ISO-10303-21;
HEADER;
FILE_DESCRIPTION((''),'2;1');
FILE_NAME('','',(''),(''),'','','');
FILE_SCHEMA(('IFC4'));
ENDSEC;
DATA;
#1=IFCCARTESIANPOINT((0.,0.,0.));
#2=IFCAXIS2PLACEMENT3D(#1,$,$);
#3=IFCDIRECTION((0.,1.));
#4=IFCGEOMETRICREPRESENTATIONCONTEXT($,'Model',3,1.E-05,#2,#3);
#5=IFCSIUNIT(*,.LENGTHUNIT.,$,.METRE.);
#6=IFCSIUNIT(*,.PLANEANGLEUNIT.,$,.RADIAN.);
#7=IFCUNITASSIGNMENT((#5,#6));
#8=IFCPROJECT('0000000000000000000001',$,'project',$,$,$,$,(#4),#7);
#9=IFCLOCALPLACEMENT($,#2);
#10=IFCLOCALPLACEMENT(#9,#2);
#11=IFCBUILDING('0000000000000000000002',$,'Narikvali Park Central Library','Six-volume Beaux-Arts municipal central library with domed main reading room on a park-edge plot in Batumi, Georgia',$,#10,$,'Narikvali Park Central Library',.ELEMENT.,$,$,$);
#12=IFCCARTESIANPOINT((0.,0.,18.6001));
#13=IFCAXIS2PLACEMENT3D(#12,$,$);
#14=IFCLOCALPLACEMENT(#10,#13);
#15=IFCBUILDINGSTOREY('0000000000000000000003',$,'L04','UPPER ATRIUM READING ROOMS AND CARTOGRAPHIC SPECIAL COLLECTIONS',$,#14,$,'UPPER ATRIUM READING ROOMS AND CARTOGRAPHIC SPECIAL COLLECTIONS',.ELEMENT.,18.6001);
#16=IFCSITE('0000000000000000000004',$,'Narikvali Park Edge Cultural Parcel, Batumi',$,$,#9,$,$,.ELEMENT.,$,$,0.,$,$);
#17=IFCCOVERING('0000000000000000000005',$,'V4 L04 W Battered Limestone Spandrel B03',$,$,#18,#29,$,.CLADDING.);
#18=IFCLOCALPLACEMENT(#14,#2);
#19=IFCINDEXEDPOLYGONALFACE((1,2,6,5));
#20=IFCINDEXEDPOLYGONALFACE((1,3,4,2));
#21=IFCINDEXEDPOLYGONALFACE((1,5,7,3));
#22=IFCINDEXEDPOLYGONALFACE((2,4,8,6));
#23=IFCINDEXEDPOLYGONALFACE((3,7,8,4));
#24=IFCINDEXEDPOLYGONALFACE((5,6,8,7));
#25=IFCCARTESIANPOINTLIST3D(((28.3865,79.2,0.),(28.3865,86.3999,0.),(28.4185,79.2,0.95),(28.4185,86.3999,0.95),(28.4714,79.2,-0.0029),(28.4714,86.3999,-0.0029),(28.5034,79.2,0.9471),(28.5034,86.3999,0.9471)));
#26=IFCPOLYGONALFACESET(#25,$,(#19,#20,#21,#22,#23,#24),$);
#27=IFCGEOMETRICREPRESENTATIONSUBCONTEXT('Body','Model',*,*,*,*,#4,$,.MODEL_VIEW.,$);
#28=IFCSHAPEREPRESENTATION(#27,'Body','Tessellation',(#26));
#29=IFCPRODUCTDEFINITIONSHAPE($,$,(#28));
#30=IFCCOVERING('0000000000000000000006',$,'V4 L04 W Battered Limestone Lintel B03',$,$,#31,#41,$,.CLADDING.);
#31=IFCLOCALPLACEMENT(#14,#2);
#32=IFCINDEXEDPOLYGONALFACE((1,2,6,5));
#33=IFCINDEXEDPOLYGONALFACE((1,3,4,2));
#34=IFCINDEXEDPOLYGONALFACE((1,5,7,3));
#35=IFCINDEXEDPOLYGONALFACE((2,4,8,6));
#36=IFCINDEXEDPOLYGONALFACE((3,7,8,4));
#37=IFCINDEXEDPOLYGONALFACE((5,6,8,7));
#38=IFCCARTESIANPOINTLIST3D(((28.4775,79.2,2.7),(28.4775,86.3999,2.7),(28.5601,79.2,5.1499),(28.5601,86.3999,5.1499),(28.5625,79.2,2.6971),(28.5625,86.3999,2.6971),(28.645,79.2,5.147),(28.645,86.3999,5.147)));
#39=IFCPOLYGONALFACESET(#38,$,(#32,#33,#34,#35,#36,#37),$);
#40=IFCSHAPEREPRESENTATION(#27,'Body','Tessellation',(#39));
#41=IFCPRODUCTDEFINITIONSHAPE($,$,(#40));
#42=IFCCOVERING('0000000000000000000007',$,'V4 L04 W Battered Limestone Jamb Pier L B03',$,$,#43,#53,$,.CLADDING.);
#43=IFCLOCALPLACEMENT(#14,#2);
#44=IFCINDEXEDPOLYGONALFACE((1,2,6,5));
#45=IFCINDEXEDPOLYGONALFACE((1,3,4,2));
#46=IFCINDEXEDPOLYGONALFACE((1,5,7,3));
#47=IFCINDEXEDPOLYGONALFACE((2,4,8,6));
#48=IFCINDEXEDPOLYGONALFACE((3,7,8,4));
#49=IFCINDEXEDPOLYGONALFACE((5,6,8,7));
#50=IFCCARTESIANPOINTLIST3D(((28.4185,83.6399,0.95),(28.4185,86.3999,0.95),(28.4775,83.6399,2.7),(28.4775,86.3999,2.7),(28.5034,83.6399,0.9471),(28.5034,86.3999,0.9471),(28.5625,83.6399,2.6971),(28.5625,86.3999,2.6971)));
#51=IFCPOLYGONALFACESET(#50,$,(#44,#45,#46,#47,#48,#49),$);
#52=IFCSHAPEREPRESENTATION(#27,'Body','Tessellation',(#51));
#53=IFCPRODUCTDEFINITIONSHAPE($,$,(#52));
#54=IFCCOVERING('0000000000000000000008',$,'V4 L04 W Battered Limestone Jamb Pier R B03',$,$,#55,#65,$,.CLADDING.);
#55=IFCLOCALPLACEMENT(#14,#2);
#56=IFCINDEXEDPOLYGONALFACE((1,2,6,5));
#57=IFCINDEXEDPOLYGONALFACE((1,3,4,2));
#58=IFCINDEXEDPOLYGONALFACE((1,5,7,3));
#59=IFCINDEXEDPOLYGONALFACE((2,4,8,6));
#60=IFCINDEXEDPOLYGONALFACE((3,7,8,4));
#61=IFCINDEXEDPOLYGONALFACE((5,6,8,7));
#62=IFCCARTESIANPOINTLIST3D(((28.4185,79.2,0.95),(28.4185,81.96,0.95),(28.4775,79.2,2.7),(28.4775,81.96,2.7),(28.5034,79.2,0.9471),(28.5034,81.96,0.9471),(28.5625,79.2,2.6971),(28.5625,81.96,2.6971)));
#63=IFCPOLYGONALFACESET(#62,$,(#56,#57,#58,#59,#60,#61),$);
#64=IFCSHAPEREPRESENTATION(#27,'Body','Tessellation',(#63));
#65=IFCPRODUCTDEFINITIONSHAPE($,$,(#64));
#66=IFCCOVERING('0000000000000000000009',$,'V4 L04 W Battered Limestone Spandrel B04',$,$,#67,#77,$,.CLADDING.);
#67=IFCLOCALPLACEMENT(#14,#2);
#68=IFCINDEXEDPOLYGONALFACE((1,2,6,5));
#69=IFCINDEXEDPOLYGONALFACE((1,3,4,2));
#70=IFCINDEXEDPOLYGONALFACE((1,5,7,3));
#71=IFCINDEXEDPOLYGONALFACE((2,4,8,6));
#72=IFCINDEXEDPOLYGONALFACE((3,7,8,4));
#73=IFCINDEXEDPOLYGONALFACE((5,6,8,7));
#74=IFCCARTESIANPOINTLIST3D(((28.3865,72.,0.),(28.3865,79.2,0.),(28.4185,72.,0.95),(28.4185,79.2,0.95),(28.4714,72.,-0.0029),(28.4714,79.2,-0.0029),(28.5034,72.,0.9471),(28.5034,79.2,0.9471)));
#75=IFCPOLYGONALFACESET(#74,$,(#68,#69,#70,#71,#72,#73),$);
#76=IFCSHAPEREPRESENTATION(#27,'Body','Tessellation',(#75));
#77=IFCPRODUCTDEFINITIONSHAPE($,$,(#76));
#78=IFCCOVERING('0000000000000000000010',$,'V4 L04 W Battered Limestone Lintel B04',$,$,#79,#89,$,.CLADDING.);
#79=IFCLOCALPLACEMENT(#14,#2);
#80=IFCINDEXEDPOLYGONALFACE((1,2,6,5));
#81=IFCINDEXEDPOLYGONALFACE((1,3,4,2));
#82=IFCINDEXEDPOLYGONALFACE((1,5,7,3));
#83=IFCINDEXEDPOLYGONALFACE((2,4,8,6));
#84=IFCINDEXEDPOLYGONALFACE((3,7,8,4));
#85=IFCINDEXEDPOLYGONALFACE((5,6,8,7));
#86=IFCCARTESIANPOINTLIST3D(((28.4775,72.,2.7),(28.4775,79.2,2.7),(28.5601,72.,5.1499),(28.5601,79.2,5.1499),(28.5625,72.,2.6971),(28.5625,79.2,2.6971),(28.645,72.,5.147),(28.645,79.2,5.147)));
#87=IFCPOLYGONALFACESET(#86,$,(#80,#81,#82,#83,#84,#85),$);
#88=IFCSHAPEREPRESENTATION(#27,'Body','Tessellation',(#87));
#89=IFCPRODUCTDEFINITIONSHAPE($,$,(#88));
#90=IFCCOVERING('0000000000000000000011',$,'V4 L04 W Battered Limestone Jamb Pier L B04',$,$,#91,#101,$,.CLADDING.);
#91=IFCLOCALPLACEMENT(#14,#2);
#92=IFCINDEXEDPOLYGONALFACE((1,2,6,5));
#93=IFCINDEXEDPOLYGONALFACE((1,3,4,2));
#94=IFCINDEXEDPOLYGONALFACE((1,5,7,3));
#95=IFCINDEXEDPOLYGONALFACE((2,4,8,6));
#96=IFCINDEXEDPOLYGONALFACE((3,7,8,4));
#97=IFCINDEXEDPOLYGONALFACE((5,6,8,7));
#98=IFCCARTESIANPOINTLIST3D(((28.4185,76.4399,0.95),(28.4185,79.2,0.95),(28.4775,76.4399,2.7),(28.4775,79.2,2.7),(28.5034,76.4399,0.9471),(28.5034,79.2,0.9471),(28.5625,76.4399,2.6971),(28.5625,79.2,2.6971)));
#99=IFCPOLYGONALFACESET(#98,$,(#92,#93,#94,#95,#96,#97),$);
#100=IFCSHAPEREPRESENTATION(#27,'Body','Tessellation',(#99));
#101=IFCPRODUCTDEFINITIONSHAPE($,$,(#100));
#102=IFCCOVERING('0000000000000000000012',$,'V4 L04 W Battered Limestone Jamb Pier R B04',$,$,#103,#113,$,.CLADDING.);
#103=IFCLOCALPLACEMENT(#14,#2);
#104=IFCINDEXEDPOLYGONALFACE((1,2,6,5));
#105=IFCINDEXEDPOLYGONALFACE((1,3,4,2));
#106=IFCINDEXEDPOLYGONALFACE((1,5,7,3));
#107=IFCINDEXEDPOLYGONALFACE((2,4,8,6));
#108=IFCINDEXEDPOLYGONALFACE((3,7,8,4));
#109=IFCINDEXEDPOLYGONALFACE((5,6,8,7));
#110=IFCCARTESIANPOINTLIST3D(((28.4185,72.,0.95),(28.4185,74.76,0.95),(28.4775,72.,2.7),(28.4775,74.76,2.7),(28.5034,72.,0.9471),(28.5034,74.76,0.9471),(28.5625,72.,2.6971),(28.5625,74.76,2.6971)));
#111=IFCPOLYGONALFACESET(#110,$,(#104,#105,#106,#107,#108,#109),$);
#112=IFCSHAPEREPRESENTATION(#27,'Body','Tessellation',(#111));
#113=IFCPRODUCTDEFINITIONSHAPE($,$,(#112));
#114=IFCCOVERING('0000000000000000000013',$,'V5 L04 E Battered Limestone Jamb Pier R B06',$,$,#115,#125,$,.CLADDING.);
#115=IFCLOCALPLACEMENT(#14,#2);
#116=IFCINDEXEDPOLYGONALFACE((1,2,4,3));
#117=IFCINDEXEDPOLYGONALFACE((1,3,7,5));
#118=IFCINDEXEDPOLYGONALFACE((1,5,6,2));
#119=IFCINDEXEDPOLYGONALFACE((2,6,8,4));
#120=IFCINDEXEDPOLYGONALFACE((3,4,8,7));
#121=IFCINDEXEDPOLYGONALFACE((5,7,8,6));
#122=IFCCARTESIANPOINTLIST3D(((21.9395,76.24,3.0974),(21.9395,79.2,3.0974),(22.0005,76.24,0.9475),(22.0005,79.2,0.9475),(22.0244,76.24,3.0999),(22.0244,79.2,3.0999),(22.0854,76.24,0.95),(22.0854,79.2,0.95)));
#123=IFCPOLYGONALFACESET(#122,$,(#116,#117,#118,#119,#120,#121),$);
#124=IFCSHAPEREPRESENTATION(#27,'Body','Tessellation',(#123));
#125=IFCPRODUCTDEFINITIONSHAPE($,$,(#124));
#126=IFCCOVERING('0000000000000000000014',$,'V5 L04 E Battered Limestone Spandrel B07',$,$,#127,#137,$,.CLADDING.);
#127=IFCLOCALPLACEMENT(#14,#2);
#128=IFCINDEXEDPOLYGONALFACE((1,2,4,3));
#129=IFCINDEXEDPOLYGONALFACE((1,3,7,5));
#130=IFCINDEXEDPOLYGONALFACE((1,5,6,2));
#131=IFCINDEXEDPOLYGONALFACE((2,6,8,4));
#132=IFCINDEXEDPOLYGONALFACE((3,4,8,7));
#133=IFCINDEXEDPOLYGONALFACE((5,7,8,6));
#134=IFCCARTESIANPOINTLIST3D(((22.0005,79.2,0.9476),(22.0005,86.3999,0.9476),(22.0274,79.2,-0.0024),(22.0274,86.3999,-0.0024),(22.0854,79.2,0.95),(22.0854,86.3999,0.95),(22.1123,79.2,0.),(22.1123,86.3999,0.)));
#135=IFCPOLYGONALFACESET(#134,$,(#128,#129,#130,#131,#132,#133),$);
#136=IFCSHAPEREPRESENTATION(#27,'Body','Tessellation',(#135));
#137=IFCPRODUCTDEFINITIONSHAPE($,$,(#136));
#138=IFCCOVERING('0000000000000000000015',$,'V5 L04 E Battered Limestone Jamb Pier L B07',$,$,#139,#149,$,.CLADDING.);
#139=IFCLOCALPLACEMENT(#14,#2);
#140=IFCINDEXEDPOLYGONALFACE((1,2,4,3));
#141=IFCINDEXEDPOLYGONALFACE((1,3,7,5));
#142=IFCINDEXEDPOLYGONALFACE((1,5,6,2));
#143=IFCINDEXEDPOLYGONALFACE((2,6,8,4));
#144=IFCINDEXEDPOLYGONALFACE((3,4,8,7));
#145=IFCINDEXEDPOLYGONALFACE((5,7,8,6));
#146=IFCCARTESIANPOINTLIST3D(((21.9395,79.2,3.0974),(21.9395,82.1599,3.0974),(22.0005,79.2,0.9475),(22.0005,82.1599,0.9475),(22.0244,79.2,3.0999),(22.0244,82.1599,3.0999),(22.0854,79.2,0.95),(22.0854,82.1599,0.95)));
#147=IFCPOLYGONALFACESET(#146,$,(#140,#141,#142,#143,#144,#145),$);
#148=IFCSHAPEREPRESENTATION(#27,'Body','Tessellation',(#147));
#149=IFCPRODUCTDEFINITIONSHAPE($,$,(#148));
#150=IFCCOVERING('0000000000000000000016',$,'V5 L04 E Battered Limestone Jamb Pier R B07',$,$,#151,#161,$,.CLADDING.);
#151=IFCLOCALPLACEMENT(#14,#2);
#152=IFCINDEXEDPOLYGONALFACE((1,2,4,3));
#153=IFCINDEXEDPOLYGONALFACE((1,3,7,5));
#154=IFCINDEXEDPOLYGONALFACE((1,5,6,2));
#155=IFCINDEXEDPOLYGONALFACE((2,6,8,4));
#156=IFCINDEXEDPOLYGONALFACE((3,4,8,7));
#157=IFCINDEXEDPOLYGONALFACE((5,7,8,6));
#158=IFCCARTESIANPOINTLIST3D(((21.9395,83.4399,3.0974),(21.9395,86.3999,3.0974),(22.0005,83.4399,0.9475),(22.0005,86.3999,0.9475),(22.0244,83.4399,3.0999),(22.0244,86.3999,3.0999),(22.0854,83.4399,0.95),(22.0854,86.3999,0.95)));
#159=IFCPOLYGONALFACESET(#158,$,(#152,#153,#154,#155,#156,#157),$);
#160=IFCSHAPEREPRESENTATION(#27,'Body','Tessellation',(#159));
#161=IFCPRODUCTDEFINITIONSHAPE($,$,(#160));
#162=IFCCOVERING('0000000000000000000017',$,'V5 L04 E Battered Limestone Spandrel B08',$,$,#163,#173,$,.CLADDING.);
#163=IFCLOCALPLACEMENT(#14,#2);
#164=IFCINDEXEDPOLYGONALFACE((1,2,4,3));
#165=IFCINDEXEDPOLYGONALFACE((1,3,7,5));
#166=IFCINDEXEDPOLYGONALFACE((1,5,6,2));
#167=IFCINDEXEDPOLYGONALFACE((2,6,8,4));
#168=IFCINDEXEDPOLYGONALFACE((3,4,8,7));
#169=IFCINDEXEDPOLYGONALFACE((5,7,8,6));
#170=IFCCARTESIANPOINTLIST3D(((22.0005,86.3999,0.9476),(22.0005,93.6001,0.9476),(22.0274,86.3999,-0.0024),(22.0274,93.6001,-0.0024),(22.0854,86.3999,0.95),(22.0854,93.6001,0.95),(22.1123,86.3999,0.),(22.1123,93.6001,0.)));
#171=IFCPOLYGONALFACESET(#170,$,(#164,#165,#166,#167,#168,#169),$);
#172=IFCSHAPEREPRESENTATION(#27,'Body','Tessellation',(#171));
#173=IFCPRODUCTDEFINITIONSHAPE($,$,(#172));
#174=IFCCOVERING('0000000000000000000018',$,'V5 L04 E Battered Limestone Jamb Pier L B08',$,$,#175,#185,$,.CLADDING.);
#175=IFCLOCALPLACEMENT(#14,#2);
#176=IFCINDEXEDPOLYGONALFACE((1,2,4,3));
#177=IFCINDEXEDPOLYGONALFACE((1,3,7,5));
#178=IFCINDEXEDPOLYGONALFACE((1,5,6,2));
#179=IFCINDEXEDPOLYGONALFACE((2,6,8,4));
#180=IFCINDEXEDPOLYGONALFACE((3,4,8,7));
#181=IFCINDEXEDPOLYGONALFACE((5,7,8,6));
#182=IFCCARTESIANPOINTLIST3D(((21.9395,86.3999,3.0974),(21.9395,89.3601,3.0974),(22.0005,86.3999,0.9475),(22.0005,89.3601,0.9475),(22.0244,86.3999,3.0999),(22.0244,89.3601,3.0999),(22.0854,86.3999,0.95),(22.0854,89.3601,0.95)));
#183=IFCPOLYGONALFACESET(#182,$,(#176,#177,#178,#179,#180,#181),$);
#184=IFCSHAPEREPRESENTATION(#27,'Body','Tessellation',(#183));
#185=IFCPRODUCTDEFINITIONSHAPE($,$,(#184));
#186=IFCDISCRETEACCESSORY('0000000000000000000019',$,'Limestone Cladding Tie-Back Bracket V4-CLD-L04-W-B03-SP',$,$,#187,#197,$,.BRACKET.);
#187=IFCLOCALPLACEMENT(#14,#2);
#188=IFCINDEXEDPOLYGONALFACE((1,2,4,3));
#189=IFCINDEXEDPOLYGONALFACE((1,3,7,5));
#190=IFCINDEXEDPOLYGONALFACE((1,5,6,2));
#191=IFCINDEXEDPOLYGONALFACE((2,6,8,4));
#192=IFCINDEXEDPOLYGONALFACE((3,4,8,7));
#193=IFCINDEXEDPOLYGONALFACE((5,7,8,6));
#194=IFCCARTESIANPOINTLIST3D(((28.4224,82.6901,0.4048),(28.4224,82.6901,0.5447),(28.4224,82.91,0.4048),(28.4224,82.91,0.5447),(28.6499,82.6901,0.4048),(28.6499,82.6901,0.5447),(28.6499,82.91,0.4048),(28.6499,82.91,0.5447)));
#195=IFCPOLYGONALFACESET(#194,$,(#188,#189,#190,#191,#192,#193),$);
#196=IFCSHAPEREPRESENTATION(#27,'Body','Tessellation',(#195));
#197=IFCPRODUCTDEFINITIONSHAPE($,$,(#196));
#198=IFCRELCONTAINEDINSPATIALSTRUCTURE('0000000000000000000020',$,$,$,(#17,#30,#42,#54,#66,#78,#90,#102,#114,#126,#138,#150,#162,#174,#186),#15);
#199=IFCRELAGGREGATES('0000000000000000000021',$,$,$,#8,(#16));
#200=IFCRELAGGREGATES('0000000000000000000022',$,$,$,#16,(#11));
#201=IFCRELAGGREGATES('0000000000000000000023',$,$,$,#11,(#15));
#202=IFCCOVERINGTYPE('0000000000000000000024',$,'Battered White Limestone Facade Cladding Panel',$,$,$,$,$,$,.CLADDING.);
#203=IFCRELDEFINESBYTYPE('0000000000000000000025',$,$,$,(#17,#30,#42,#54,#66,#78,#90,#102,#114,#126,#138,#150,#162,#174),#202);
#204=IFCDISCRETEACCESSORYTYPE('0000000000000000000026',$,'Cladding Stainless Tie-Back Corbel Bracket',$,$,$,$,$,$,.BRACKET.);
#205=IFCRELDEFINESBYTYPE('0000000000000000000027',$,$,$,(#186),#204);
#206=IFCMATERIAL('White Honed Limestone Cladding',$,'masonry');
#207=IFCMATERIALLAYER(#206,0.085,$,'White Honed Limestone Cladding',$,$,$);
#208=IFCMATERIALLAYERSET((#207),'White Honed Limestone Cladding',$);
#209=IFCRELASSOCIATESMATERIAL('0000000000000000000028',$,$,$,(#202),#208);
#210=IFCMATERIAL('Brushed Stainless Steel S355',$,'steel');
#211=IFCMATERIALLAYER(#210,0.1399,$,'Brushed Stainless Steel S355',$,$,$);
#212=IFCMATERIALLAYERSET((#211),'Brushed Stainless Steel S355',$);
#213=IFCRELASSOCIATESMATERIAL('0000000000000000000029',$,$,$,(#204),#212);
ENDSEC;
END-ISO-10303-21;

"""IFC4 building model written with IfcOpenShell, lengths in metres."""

from ifc_helpers import new_model, si_unit, direction, frame, origin, origin_2d, place, context, subcontext, project, spatial, polyline, rectangle, outline, extrude, material, layer, layer_set, type_object, element, save


model = new_model("IFC4")

# Units and contexts
model_context = context("Model", 3, precision=1e-05, world=origin(), true_north=direction((0.0, 1.0)))
body_context = subcontext(model_context, "Body", "Model", "MODEL_VIEW")
ifc_project = project(units=[si_unit("LENGTHUNIT", "METRE"), si_unit("PLANEANGLEUNIT", "RADIAN")], contexts=[model_context])

# Site, building, storey
site_placement = place(None, origin())
site = spatial("IfcSite", under=ifc_project, at=site_placement, Name="Narikvali Park Edge Cultural Parcel, Batumi", CompositionType="ELEMENT", RefElevation=0.0)
building_placement = place(site_placement, origin())
building = spatial("IfcBuilding", under=site, at=building_placement, Name="Narikvali Park Central Library", Description="Six-volume Beaux-Arts municipal central library with domed main reading room on a park-edge plot in Batumi, Georgia", LongName="Narikvali Park Central Library", CompositionType="ELEMENT")
storey_placement = place(building_placement, frame((0.0, 0.0, 18.6001)))
storey = spatial("IfcBuildingStorey", under=building, at=storey_placement, Name="L04", Description="UPPER ATRIUM READING ROOMS AND CARTOGRAPHIC SPECIAL COLLECTIONS", LongName="UPPER ATRIUM READING ROOMS AND CARTOGRAPHIC SPECIAL COLLECTIONS", CompositionType="ELEMENT", Elevation=18.6001)

# Coverings
ifc_material_1 = material(Name="White Honed Limestone Cladding", Category="masonry")
ifc_layer_1 = layer(ifc_material_1, 0.085, Name="White Honed Limestone Cladding")
ifc_layer_set_1 = layer_set([ifc_layer_1], Name="White Honed Limestone Cladding")
covering_type = type_object("IfcCoveringType", Name="Battered White Limestone Facade Cladding Panel", PredefinedType="CLADDING", material=ifc_layer_set_1)
covering_1_placement = place(storey_placement, frame((28.3865, 86.3999, 0.0), z_axis=(-0.999434, 0.0, 0.033648), x_axis=(0.0, -1.0, 0.0)))
element("IfcCovering", 1, at=covering_1_placement, inside=storey, type_object=covering_type, Name="V4 L04 W Battered Limestone Spandrel B03", PredefinedType="CLADDING", context=body_context, shape_type="SweptSolid", body=[
    extrude(outline(polyline([(0.0, 0.0), (7.2, 0.0), (7.2, 0.9505), (0.0, 0.9505), (0.0, 0.0)])), origin(), (0.0, 0.0, -1.0), 0.085),
])
covering_2_placement = place(storey_placement, frame((28.4775, 86.3999, 2.7), z_axis=(-0.999433, 0.0, 0.033663), x_axis=(0.0, -1.0, 0.0)))
element("IfcCovering", 2, at=covering_2_placement, inside=storey, type_object=covering_type, Name="V4 L04 W Battered Limestone Lintel B03", PredefinedType="CLADDING", context=body_context, shape_type="SweptSolid", body=[
    extrude(outline(polyline([(0.0, 0.0), (7.2, 0.0), (7.2, 2.4513), (0.0, 2.4513), (0.0, 0.0)])), origin(), (0.0, 0.0, -1.0), 0.085),
])
for number, where, z_axis, x_axis, name in (
    (3, (28.4185, 86.3999, 0.95), (-0.999431, 0.0, 0.033742), (0.0, -1.0, 0.0), "V4 L04 W Battered Limestone Jamb Pier L B03"),
    (4, (28.4185, 81.96, 0.95), (-0.999431, 0.0, 0.033742), (0.0, -1.0, 0.0), "V4 L04 W Battered Limestone Jamb Pier R B03"),
):
    element("IfcCovering", number, at=place(storey_placement, frame(where, z_axis=z_axis, x_axis=x_axis)), inside=storey, type_object=covering_type, Name=name, PredefinedType="CLADDING", context=body_context, shape_type="SweptSolid", body=[
        extrude(outline(polyline([(0.0, 0.0), (2.76, 0.0), (2.76, 1.751), (0.0, 1.751), (0.0, 0.0)])), origin(), (0.0, 0.0, -1.0), 0.085),
    ])
covering_3_placement = place(storey_placement, frame((28.3865, 79.2, 0.0), z_axis=(-0.999434, 0.0, 0.033648), x_axis=(0.0, -1.0, 0.0)))
element("IfcCovering", 5, at=covering_3_placement, inside=storey, type_object=covering_type, Name="V4 L04 W Battered Limestone Spandrel B04", PredefinedType="CLADDING", context=body_context, shape_type="SweptSolid", body=[
    extrude(outline(polyline([(0.0, 0.0), (7.2, 0.0), (7.2, 0.9505), (0.0, 0.9505), (0.0, 0.0)])), origin(), (0.0, 0.0, -1.0), 0.085),
])
covering_4_placement = place(storey_placement, frame((28.4775, 79.2, 2.7), z_axis=(-0.999433, 0.0, 0.033663), x_axis=(0.0, -1.0, 0.0)))
element("IfcCovering", 6, at=covering_4_placement, inside=storey, type_object=covering_type, Name="V4 L04 W Battered Limestone Lintel B04", PredefinedType="CLADDING", context=body_context, shape_type="SweptSolid", body=[
    extrude(outline(polyline([(0.0, 0.0), (7.2, 0.0), (7.2, 2.4513), (0.0, 2.4513), (0.0, 0.0)])), origin(), (0.0, 0.0, -1.0), 0.085),
])
for number, where, z_axis, x_axis, name in (
    (7, (28.4185, 79.2, 0.95), (-0.999431, 0.0, 0.033742), (0.0, -1.0, 0.0), "V4 L04 W Battered Limestone Jamb Pier L B04"),
    (8, (28.4185, 74.76, 0.95), (-0.999431, 0.0, 0.033742), (0.0, -1.0, 0.0), "V4 L04 W Battered Limestone Jamb Pier R B04"),
):
    element("IfcCovering", number, at=place(storey_placement, frame(where, z_axis=z_axis, x_axis=x_axis)), inside=storey, type_object=covering_type, Name=name, PredefinedType="CLADDING", context=body_context, shape_type="SweptSolid", body=[
        extrude(outline(polyline([(0.0, 0.0), (2.76, 0.0), (2.76, 1.751), (0.0, 1.751), (0.0, 0.0)])), origin(), (0.0, 0.0, -1.0), 0.085),
    ])
covering_5_placement = place(storey_placement, frame((22.0854, 76.24, 0.95), z_axis=(0.999597, 0.0, 0.028378), x_axis=(0.0, 1.0, 0.0)))
element("IfcCovering", 9, at=covering_5_placement, inside=storey, type_object=covering_type, Name="V5 L04 E Battered Limestone Jamb Pier R B06", PredefinedType="CLADDING", context=body_context, shape_type="SweptSolid", body=[
    extrude(outline(polyline([(0.0, 0.0), (2.96, 0.0), (2.96, 2.1508), (0.0, 2.1508), (0.0, 0.0)])), origin(), (0.0, 0.0, -1.0), 0.085),
])
covering_6_placement = place(storey_placement, frame((22.1123, 79.2, 0.0), z_axis=(0.999601, 0.0, 0.028259), x_axis=(0.0, 1.0, 0.0)))
element("IfcCovering", 10, at=covering_6_placement, inside=storey, type_object=covering_type, Name="V5 L04 E Battered Limestone Spandrel B07", PredefinedType="CLADDING", context=body_context, shape_type="SweptSolid", body=[
    extrude(outline(polyline([(0.0, 0.0), (7.2, 0.0), (7.2, 0.9503), (0.0, 0.9503), (0.0, 0.0)])), origin(), (0.0, 0.0, -1.0), 0.085),
])
for number, where, z_axis, x_axis, name in (
    (11, (22.0854, 79.2, 0.95), (0.999597, 0.0, 0.028378), (0.0, 1.0, 0.0), "V5 L04 E Battered Limestone Jamb Pier L B07"),
    (12, (22.0854, 83.4399, 0.95), (0.999597, 0.0, 0.028378), (0.0, 1.0, 0.0), "V5 L04 E Battered Limestone Jamb Pier R B07"),
):
    element("IfcCovering", number, at=place(storey_placement, frame(where, z_axis=z_axis, x_axis=x_axis)), inside=storey, type_object=covering_type, Name=name, PredefinedType="CLADDING", context=body_context, shape_type="SweptSolid", body=[
        extrude(outline(polyline([(0.0, 0.0), (2.96, 0.0), (2.96, 2.1508), (0.0, 2.1508), (0.0, 0.0)])), origin(), (0.0, 0.0, -1.0), 0.085),
    ])
covering_7_placement = place(storey_placement, frame((22.1123, 86.3999, 0.0), z_axis=(0.999601, 0.0, 0.028259), x_axis=(0.0, 1.0, 0.0)))
element("IfcCovering", 13, at=covering_7_placement, inside=storey, type_object=covering_type, Name="V5 L04 E Battered Limestone Spandrel B08", PredefinedType="CLADDING", context=body_context, shape_type="SweptSolid", body=[
    extrude(outline(polyline([(0.0, 0.0), (7.2002, 0.0), (7.2002, 0.9503), (0.0, 0.9503), (0.0, 0.0)])), origin(), (0.0, 0.0, -1.0), 0.085),
])
covering_8_placement = place(storey_placement, frame((22.0854, 86.3999, 0.95), z_axis=(0.999597, 0.0, 0.028378), x_axis=(0.0, 1.0, 0.0)))
element("IfcCovering", 14, at=covering_8_placement, inside=storey, type_object=covering_type, Name="V5 L04 E Battered Limestone Jamb Pier L B08", PredefinedType="CLADDING", context=body_context, shape_type="SweptSolid", body=[
    extrude(outline(polyline([(0.0, 0.0), (2.9602, 0.0), (2.9602, 2.1508), (0.0, 2.1508), (0.0, 0.0)])), origin(), (0.0, 0.0, -1.0), 0.085),
])

# Discrete accessory
ifc_material_2 = material(Name="Brushed Stainless Steel S355", Category="steel")
ifc_layer_2 = layer(ifc_material_2, 0.1399, Name="Brushed Stainless Steel S355")
ifc_layer_set_2 = layer_set([ifc_layer_2], Name="Brushed Stainless Steel S355")
discrete_accessory_type = type_object("IfcDiscreteAccessoryType", Name="Cladding Stainless Tie-Back Corbel Bracket", PredefinedType="BRACKET", material=ifc_layer_set_2)
discrete_accessory_1_placement = place(storey_placement, frame((28.5361, 82.8, 0.4048), z_axis=(0.0, 0.0, 1.0), x_axis=(1.0, 0.0, 0.0)))
element("IfcDiscreteAccessory", 15, at=discrete_accessory_1_placement, inside=storey, type_object=discrete_accessory_type, Name="Limestone Cladding Tie-Back Bracket V4-CLD-L04-W-B03-SP", PredefinedType="BRACKET", context=body_context, shape_type="SweptSolid", body=[
    extrude(rectangle(XDim=0.2275, YDim=0.22, at=origin_2d()), origin(), (0.0, 0.0, 1.0), 0.1399),
])

save(model, "model.ifc")
